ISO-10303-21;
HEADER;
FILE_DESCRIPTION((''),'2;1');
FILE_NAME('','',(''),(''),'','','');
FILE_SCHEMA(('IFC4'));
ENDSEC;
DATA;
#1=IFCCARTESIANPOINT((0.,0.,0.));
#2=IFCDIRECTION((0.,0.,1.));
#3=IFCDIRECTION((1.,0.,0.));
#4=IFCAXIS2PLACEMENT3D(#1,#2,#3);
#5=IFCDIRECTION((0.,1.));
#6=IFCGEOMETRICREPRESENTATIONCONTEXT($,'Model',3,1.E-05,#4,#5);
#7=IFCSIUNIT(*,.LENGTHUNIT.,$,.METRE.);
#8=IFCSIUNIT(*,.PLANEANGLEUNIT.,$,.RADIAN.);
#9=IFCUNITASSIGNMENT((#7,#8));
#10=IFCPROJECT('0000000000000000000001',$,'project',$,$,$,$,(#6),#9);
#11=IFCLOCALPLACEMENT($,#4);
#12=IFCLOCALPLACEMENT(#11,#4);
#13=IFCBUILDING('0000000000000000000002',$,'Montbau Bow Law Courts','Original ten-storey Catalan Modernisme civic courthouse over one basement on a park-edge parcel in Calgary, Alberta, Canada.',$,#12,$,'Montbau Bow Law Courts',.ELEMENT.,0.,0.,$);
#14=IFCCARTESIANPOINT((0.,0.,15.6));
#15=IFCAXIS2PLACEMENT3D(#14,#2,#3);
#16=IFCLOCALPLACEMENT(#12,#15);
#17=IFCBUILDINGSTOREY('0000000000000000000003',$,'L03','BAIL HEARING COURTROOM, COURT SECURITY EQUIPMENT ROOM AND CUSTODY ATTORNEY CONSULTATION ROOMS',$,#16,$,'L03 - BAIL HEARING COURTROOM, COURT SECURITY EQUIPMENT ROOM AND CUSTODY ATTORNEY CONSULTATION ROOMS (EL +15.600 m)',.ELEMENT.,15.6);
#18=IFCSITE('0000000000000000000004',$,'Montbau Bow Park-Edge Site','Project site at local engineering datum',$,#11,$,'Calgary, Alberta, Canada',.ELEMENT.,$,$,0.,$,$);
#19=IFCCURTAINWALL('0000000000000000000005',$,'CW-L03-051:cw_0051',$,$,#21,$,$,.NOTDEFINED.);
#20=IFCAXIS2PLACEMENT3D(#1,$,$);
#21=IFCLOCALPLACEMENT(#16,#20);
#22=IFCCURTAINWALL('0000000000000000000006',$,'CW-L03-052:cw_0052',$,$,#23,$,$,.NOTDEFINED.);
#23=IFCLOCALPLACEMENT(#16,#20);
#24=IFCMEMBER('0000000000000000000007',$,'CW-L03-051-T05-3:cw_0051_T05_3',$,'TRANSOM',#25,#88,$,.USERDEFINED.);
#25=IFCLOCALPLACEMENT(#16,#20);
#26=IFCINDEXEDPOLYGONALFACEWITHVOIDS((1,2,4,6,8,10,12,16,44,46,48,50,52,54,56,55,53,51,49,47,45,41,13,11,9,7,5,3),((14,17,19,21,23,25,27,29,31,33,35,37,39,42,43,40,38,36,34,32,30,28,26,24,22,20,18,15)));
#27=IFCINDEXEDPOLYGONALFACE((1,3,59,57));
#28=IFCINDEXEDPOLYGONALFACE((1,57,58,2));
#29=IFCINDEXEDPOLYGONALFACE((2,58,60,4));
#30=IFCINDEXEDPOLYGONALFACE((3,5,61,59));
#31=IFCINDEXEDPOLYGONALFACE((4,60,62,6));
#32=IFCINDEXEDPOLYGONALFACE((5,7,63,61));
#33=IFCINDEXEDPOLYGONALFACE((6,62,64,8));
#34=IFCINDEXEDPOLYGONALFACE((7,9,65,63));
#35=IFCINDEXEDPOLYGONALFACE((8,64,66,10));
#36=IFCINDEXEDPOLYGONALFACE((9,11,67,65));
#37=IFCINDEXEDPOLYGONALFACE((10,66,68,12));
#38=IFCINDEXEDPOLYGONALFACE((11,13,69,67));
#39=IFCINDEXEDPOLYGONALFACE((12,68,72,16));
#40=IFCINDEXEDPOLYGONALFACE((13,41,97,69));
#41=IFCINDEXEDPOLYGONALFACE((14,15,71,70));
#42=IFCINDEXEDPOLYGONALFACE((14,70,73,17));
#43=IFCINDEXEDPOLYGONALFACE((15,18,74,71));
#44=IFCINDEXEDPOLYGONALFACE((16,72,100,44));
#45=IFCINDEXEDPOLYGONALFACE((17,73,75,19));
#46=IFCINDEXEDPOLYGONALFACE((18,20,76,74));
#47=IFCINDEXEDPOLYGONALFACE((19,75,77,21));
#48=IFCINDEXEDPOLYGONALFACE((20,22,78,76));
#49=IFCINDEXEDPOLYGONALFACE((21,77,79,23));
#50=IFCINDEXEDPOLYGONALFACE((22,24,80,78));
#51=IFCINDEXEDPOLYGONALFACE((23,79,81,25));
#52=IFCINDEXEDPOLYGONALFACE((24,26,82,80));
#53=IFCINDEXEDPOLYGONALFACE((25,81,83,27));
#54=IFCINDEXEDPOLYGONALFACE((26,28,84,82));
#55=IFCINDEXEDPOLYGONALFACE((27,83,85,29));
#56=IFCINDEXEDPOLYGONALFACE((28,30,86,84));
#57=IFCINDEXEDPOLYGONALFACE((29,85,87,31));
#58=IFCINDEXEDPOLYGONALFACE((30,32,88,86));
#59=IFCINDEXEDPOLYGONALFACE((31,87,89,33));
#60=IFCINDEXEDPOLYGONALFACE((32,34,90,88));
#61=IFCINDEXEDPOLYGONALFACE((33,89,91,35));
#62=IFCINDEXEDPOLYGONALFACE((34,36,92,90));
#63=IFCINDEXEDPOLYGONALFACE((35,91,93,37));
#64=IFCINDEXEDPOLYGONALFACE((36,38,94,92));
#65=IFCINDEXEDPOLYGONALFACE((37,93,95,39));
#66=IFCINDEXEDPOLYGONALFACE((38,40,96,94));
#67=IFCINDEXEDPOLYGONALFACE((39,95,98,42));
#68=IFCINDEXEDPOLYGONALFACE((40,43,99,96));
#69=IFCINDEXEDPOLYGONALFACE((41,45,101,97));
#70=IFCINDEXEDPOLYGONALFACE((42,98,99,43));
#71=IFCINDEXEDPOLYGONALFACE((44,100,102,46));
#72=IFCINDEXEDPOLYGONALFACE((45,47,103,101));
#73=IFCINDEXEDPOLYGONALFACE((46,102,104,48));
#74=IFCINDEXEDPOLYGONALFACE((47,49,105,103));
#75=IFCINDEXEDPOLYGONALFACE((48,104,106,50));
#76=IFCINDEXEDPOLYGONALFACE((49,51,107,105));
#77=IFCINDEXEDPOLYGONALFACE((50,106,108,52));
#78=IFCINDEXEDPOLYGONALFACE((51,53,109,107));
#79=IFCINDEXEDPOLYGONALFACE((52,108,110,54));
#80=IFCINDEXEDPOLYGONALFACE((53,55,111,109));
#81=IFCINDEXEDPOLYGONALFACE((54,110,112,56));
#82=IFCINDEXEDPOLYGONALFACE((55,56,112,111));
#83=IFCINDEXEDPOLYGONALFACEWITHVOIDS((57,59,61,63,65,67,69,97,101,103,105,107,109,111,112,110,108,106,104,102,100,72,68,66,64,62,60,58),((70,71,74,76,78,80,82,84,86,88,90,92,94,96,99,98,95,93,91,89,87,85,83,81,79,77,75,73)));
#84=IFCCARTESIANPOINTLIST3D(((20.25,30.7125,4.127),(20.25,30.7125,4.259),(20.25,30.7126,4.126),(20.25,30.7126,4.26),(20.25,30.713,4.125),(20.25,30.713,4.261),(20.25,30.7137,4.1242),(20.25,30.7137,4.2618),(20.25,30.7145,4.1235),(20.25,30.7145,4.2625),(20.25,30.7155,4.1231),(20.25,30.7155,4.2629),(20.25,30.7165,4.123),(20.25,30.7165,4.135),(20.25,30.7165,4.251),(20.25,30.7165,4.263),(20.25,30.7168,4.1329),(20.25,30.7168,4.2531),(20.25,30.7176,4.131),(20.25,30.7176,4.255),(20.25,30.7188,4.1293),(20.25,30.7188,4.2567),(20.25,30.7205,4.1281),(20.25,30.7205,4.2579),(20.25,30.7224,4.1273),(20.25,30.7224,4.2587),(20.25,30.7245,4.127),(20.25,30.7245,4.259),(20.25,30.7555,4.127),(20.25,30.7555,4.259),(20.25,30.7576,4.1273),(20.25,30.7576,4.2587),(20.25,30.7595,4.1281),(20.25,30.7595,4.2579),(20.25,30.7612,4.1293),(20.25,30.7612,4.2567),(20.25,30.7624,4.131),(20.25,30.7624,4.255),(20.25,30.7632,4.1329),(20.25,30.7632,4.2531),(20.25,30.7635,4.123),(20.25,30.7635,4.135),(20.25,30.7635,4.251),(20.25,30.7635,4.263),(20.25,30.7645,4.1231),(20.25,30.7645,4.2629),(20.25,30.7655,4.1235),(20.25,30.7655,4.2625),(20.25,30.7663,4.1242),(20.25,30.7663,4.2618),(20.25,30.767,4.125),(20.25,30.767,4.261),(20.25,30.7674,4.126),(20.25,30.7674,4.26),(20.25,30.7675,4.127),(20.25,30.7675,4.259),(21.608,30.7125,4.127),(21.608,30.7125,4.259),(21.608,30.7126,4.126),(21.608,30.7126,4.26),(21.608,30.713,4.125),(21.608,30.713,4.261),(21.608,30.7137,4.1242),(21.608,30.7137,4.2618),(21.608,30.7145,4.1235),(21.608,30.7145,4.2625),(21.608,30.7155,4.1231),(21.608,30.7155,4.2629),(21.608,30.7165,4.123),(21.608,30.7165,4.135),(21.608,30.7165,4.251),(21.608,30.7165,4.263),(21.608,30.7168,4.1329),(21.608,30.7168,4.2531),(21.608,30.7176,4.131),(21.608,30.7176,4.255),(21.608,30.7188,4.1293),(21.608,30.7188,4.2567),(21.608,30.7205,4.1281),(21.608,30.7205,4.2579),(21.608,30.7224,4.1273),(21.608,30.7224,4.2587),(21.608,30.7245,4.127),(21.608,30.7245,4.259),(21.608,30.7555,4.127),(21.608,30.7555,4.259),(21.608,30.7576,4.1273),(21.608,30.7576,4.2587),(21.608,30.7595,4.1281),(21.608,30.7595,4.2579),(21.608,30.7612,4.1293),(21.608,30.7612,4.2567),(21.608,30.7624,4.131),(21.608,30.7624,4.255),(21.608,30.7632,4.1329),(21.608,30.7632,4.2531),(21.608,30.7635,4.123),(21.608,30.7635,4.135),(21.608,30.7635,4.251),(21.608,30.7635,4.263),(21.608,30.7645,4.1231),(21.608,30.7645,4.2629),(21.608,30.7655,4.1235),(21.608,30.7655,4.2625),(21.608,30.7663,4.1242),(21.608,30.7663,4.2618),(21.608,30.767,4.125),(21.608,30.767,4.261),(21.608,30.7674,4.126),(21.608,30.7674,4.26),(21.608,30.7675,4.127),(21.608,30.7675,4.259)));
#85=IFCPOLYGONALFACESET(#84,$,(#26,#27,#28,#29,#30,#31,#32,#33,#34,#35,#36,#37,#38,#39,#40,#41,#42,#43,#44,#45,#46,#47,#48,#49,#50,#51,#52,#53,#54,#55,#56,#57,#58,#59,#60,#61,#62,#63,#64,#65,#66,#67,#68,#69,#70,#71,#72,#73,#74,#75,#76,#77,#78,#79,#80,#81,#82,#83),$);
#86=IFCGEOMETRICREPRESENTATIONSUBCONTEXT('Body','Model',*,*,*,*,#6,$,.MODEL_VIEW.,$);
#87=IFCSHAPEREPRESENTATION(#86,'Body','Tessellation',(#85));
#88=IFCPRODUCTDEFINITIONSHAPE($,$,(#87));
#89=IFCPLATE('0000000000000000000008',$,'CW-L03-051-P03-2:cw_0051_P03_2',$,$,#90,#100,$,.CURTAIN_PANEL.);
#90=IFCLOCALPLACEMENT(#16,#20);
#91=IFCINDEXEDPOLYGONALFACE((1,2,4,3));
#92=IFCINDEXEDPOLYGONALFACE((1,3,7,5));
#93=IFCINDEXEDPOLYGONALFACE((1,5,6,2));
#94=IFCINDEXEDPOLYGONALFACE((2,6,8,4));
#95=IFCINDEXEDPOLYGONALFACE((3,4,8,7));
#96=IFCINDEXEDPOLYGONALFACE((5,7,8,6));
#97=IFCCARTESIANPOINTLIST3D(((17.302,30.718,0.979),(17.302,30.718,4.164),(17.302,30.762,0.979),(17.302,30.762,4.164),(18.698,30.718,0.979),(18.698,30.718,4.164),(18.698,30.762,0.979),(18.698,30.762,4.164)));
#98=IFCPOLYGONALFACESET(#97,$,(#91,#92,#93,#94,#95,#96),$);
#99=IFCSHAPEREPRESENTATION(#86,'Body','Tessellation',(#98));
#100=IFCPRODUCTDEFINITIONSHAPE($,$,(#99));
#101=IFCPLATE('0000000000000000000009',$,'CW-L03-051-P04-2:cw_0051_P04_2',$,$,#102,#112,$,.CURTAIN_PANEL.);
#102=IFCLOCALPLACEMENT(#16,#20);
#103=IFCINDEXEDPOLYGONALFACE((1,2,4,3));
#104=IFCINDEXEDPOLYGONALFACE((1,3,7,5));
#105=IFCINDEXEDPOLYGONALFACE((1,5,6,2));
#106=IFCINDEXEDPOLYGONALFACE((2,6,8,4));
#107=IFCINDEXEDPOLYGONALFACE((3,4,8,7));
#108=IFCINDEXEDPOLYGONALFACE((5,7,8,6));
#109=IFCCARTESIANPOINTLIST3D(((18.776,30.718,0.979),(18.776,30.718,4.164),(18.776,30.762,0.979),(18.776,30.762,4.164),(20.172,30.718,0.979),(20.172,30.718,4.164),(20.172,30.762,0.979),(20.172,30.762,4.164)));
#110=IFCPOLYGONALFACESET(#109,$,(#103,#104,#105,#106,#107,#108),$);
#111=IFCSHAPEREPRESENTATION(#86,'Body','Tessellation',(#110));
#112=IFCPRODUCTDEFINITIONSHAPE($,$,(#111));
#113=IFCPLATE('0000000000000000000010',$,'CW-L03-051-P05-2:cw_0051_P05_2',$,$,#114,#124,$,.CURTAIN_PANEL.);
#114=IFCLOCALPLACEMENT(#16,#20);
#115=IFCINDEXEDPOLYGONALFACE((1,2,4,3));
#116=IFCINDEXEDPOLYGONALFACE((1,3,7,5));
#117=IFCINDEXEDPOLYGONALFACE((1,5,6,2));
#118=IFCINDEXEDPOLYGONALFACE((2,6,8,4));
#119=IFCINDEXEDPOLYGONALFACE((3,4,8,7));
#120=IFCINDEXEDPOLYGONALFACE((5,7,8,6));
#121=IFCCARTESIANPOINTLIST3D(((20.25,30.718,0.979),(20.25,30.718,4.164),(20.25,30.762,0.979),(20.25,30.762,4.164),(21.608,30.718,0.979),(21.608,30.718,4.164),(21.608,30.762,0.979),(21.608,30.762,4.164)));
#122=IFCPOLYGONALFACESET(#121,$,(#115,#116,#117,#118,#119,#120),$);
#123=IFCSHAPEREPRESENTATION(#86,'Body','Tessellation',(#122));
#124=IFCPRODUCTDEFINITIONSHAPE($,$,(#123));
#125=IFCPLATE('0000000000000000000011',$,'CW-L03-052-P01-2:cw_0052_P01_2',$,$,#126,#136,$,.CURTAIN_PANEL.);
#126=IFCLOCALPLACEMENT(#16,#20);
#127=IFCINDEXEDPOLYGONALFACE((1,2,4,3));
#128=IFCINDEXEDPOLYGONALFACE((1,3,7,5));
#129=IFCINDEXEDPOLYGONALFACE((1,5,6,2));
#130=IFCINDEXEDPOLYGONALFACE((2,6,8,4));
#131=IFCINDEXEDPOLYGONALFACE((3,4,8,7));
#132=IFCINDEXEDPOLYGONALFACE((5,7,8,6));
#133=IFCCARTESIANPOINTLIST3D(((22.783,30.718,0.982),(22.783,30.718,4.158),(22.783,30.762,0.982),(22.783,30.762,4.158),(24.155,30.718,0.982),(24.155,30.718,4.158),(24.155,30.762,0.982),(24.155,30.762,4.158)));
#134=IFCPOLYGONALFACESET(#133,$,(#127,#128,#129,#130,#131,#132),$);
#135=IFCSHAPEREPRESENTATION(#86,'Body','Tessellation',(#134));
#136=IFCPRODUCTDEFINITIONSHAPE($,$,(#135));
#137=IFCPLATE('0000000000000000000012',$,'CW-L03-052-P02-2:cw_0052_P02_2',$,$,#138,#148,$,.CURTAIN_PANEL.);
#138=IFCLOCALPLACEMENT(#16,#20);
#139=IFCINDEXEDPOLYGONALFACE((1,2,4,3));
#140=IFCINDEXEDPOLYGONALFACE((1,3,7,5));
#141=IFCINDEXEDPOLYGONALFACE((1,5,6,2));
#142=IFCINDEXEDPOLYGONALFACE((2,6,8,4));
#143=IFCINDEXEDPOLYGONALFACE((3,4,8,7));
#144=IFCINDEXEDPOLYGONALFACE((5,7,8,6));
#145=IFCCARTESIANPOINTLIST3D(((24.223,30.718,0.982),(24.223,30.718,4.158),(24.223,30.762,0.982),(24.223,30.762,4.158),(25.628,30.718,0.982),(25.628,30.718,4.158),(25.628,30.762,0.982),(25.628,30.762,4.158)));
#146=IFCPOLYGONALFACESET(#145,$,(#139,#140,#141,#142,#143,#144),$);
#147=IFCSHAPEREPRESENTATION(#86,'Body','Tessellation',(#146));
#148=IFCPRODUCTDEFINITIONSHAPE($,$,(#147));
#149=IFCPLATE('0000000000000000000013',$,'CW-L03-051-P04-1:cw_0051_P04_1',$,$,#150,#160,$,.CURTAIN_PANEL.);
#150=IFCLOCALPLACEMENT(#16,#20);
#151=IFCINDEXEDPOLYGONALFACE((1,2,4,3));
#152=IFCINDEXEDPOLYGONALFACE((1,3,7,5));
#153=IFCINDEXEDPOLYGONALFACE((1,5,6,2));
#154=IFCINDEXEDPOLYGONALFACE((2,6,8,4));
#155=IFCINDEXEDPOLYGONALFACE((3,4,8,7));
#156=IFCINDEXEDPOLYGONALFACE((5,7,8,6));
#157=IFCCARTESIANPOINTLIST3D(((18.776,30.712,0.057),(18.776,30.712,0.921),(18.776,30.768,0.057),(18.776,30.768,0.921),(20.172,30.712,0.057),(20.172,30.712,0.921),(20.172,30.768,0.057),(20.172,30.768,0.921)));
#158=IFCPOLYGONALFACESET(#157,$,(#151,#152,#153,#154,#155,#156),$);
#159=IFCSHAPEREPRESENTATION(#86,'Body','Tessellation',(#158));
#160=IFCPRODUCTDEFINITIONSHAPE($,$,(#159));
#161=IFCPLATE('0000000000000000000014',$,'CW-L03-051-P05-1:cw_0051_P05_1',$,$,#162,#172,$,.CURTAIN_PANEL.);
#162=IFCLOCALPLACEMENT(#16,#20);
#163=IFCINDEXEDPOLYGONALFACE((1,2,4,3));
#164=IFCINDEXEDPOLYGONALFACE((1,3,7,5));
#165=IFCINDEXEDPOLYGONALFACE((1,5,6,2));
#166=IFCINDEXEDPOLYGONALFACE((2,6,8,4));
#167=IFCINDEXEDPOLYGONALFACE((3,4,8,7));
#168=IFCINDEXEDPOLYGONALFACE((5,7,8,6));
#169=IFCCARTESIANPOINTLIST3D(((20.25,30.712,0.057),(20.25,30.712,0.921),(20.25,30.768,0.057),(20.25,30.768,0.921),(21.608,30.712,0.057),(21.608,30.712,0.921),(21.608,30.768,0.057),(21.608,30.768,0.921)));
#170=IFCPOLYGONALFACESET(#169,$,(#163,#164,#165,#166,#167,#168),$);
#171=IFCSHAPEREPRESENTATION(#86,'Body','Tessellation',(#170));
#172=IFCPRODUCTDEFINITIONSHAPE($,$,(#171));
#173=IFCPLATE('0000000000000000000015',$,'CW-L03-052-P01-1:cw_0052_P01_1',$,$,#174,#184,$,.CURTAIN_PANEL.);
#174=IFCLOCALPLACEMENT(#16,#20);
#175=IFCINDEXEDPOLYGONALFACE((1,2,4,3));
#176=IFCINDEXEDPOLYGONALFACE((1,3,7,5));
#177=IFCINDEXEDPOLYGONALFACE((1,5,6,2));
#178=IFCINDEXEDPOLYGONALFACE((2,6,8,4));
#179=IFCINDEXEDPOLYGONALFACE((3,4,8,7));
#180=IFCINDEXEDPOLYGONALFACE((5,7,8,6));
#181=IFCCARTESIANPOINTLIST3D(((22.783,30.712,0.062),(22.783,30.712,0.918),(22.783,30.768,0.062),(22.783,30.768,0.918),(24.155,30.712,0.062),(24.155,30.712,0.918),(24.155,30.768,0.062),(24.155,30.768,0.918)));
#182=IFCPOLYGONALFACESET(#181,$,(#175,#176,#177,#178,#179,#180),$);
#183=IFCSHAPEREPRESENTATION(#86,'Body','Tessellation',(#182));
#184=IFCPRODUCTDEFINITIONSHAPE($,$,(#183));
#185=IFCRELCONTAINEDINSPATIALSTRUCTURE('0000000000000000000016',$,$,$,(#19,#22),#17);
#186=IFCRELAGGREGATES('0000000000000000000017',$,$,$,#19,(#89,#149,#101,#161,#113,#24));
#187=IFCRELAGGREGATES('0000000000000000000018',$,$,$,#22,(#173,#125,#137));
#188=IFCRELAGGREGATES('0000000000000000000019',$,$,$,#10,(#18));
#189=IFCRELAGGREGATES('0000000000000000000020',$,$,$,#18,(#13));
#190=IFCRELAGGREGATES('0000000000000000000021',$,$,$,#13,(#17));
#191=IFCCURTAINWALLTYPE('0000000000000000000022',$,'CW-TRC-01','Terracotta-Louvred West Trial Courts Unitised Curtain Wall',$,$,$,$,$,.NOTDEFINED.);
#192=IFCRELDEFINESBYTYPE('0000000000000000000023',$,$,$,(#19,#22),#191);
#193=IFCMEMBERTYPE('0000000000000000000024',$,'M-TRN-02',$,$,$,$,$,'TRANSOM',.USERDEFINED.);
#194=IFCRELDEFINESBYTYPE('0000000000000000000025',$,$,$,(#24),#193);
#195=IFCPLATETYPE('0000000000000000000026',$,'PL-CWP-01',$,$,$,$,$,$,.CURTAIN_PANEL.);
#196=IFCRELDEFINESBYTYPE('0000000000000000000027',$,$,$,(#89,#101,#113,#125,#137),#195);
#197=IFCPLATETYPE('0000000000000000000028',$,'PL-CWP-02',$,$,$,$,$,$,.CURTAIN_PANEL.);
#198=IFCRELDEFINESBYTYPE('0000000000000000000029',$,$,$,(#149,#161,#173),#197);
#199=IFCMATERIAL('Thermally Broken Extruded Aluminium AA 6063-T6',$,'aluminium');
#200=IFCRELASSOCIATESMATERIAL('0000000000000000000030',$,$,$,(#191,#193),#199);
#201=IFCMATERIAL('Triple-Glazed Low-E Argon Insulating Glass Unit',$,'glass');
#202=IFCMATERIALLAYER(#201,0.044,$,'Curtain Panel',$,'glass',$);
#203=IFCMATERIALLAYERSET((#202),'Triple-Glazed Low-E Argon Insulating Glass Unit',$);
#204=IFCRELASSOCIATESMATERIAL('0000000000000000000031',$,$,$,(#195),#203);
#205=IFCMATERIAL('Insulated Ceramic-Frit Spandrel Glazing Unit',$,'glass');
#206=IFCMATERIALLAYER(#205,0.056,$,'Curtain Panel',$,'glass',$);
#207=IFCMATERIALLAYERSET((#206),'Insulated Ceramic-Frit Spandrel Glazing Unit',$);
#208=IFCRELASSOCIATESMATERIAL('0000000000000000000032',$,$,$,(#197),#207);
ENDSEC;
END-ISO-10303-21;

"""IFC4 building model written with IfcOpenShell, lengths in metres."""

from ifc_helpers import new_model, si_unit, direction, frame, frame_2d, origin_with_axes, origin_2d_with_axis, place, context, subcontext, project, spatial, rectangle, hollow_rectangle, extrude, material, layer, layer_set, material_profile, profile_set, type_object, element, aggregate, save


model = new_model("IFC4")

# Units and contexts
model_context = context("Model", 3, precision=1e-05, world=origin_with_axes(), true_north=direction((0.0, 1.0)))
body_context = subcontext(model_context, "Body", "Model", "MODEL_VIEW")
ifc_project = project(units=[si_unit("LENGTHUNIT", "METRE"), si_unit("PLANEANGLEUNIT", "RADIAN")], contexts=[model_context])

# Site, building, storey
site_placement = place(None, origin_with_axes())
site = spatial("IfcSite", under=ifc_project, at=site_placement, Name="Montbau Bow Park-Edge Site", Description="Project site at local engineering datum", LongName="Calgary, Alberta, Canada", CompositionType="ELEMENT", RefElevation=0.0)
building_placement = place(site_placement, origin_with_axes())
building = spatial("IfcBuilding", under=site, at=building_placement, Name="Montbau Bow Law Courts", Description="Original ten-storey Catalan Modernisme civic courthouse over one basement on a park-edge parcel in Calgary, Alberta, Canada.", LongName="Montbau Bow Law Courts", CompositionType="ELEMENT", ElevationOfRefHeight=0.0, ElevationOfTerrain=0.0)
storey_placement = place(building_placement, frame((0.0, 0.0, 15.6), z_axis=(0.0, 0.0, 1.0), x_axis=(1.0, 0.0, 0.0)))
storey = spatial("IfcBuildingStorey", under=building, at=storey_placement, Name="L03", Description="BAIL HEARING COURTROOM, COURT SECURITY EQUIPMENT ROOM AND CUSTODY ATTORNEY CONSULTATION ROOMS", LongName="L03 - BAIL HEARING COURTROOM, COURT SECURITY EQUIPMENT ROOM AND CUSTODY ATTORNEY CONSULTATION ROOMS (EL +15.600 m)", CompositionType="ELEMENT", Elevation=15.6)

# Curtain walls
ifc_material_1 = material(Name="Thermally Broken Extruded Aluminium AA 6063-T6", Category="aluminium")
curtain_wall_type = type_object("IfcCurtainWallType", Name="CW-TRC-01", Description="Terracotta-Louvred West Trial Courts Unitised Curtain Wall", PredefinedType="NOTDEFINED", material=ifc_material_1)
curtain_wall_1_placement = place(None, frame((14.315, 30.74, 15.6), z_axis=(0.0, 0.0, 1.0), x_axis=(1.0, 0.0, 0.0)))
curtain_wall_1 = element("IfcCurtainWall", 1, at=curtain_wall_1_placement, inside=storey, type_object=curtain_wall_type, Name="CW-L03-051:cw_0051", PredefinedType="NOTDEFINED")
curtain_wall_2_placement = place(None, frame((22.715, 30.74, 15.6), z_axis=(0.0, 0.0, 1.0), x_axis=(1.0, 0.0, 0.0)))
curtain_wall_2 = element("IfcCurtainWall", 2, at=curtain_wall_2_placement, inside=storey, type_object=curtain_wall_type, Name="CW-L03-052:cw_0052", PredefinedType="NOTDEFINED")

# Member
ifc_material_profile_1 = material_profile(ifc_material_1, hollow_rectangle(XDim=0.055, YDim=0.14, WallThickness=0.004, InnerFilletRadius=0.008, OuterFilletRadius=0.004, at=origin_2d_with_axis()), Name="CWT-140X55", Category="Main", Priority=0)
ifc_profile_set_1 = profile_set([ifc_material_profile_1], Name="Thermally Broken Extruded Aluminium AA 6063-T6")
member_type_1 = type_object("IfcMemberType", Name="M-TRN-02", ElementType="TRANSOM", PredefinedType="USERDEFINED", material=ifc_profile_set_1)
member_1_placement = place(None, frame((20.25, 30.74, 19.793), z_axis=(1.0, 0.0, 0.0), x_axis=(0.0, 1.0, 0.0)))
member_1 = element("IfcMember", 3, at=member_1_placement, type_object=member_type_1, Name="CW-L03-051-T05-3:cw_0051_T05_3", ObjectType="TRANSOM", PredefinedType="USERDEFINED", context=body_context, shape_type="SweptSolid", body=[
    extrude(hollow_rectangle(XDim=0.055, YDim=0.14, WallThickness=0.004, InnerFilletRadius=0.008, OuterFilletRadius=0.004, at=origin_2d_with_axis()), origin_with_axes(), (0.0, 0.0, 1.0), 1.358),
])

# Plates
ifc_material_2 = material(Name="Triple-Glazed Low-E Argon Insulating Glass Unit", Category="glass")
ifc_layer_1 = layer(ifc_material_2, 0.044, Name="Curtain Panel", Category="glass")
ifc_layer_set_1 = layer_set([ifc_layer_1], Name="Triple-Glazed Low-E Argon Insulating Glass Unit")
plate_type_1 = type_object("IfcPlateType", Name="PL-CWP-01", PredefinedType="CURTAIN_PANEL", material=ifc_layer_set_1)
plate_1_placement = place(None, frame((17.302, 30.74, 16.579), z_axis=(0.0, -1.0, 0.0), x_axis=(1.0, 0.0, 0.0)))
plate_1 = element("IfcPlate", 4, at=plate_1_placement, type_object=plate_type_1, Name="CW-L03-051-P03-2:cw_0051_P03_2", PredefinedType="CURTAIN_PANEL", context=body_context, shape_type="SweptSolid", body=[
    extrude(rectangle(XDim=1.396, YDim=3.185, at=frame_2d((0.698, 1.5925), x_axis=(1.0, 0.0))), frame((0.0, 0.0, -0.022), z_axis=(0.0, 0.0, 1.0), x_axis=(1.0, 0.0, 0.0)), (0.0, 0.0, 1.0), 0.044),
])
plate_2_placement = place(None, frame((18.776, 30.74, 16.579), z_axis=(0.0, -1.0, 0.0), x_axis=(1.0, 0.0, 0.0)))
plate_2 = element("IfcPlate", 5, at=plate_2_placement, type_object=plate_type_1, Name="CW-L03-051-P04-2:cw_0051_P04_2", PredefinedType="CURTAIN_PANEL", context=body_context, shape_type="SweptSolid", body=[
    extrude(rectangle(XDim=1.396, YDim=3.185, at=frame_2d((0.698, 1.5925), x_axis=(1.0, 0.0))), frame((0.0, 0.0, -0.022), z_axis=(0.0, 0.0, 1.0), x_axis=(1.0, 0.0, 0.0)), (0.0, 0.0, 1.0), 0.044),
])
plate_3_placement = place(None, frame((20.25, 30.74, 16.579), z_axis=(0.0, -1.0, 0.0), x_axis=(1.0, 0.0, 0.0)))
plate_3 = element("IfcPlate", 6, at=plate_3_placement, type_object=plate_type_1, Name="CW-L03-051-P05-2:cw_0051_P05_2", PredefinedType="CURTAIN_PANEL", context=body_context, shape_type="SweptSolid", body=[
    extrude(rectangle(XDim=1.358, YDim=3.185, at=frame_2d((0.679, 1.5925), x_axis=(1.0, 0.0))), frame((0.0, 0.0, -0.022), z_axis=(0.0, 0.0, 1.0), x_axis=(1.0, 0.0, 0.0)), (0.0, 0.0, 1.0), 0.044),
])
plate_4_placement = place(None, frame((22.783, 30.74, 16.582), z_axis=(0.0, -1.0, 0.0), x_axis=(1.0, 0.0, 0.0)))
plate_4 = element("IfcPlate", 7, at=plate_4_placement, type_object=plate_type_1, Name="CW-L03-052-P01-2:cw_0052_P01_2", PredefinedType="CURTAIN_PANEL", context=body_context, shape_type="SweptSolid", body=[
    extrude(rectangle(XDim=1.372, YDim=3.176, at=frame_2d((0.686, 1.588), x_axis=(1.0, 0.0))), frame((0.0, 0.0, -0.022), z_axis=(0.0, 0.0, 1.0), x_axis=(1.0, 0.0, 0.0)), (0.0, 0.0, 1.0), 0.044),
])
plate_5_placement = place(None, frame((24.223, 30.74, 16.582), z_axis=(0.0, -1.0, 0.0), x_axis=(1.0, 0.0, 0.0)))
plate_5 = element("IfcPlate", 8, at=plate_5_placement, type_object=plate_type_1, Name="CW-L03-052-P02-2:cw_0052_P02_2", PredefinedType="CURTAIN_PANEL", context=body_context, shape_type="SweptSolid", body=[
    extrude(rectangle(XDim=1.405, YDim=3.176, at=frame_2d((0.7025, 1.588), x_axis=(1.0, 0.0))), frame((0.0, 0.0, -0.022), z_axis=(0.0, 0.0, 1.0), x_axis=(1.0, 0.0, 0.0)), (0.0, 0.0, 1.0), 0.044),
])
ifc_material_3 = material(Name="Insulated Ceramic-Frit Spandrel Glazing Unit", Category="glass")
ifc_layer_2 = layer(ifc_material_3, 0.056, Name="Curtain Panel", Category="glass")
ifc_layer_set_2 = layer_set([ifc_layer_2], Name="Insulated Ceramic-Frit Spandrel Glazing Unit")
plate_type_2 = type_object("IfcPlateType", Name="PL-CWP-02", PredefinedType="CURTAIN_PANEL", material=ifc_layer_set_2)
plate_6_placement = place(None, frame((18.776, 30.74, 15.657), z_axis=(0.0, -1.0, 0.0), x_axis=(1.0, 0.0, 0.0)))
plate_6 = element("IfcPlate", 9, at=plate_6_placement, type_object=plate_type_2, Name="CW-L03-051-P04-1:cw_0051_P04_1", PredefinedType="CURTAIN_PANEL", context=body_context, shape_type="SweptSolid", body=[
    extrude(rectangle(XDim=1.396, YDim=0.864, at=frame_2d((0.698, 0.432), x_axis=(1.0, 0.0))), frame((0.0, 0.0, -0.028), z_axis=(0.0, 0.0, 1.0), x_axis=(1.0, 0.0, 0.0)), (0.0, 0.0, 1.0), 0.056),
])
plate_7_placement = place(None, frame((20.25, 30.74, 15.657), z_axis=(0.0, -1.0, 0.0), x_axis=(1.0, 0.0, 0.0)))
plate_7 = element("IfcPlate", 10, at=plate_7_placement, type_object=plate_type_2, Name="CW-L03-051-P05-1:cw_0051_P05_1", PredefinedType="CURTAIN_PANEL", context=body_context, shape_type="SweptSolid", body=[
    extrude(rectangle(XDim=1.358, YDim=0.864, at=frame_2d((0.679, 0.432), x_axis=(1.0, 0.0))), frame((0.0, 0.0, -0.028), z_axis=(0.0, 0.0, 1.0), x_axis=(1.0, 0.0, 0.0)), (0.0, 0.0, 1.0), 0.056),
])
aggregate(curtain_wall_1, [plate_1, plate_6, plate_2, plate_7, plate_3, member_1])
plate_8_placement = place(None, frame((22.783, 30.74, 15.662), z_axis=(0.0, -1.0, 0.0), x_axis=(1.0, 0.0, 0.0)))
plate_8 = element("IfcPlate", 11, at=plate_8_placement, type_object=plate_type_2, Name="CW-L03-052-P01-1:cw_0052_P01_1", PredefinedType="CURTAIN_PANEL", context=body_context, shape_type="SweptSolid", body=[
    extrude(rectangle(XDim=1.372, YDim=0.856, at=frame_2d((0.686, 0.428), x_axis=(1.0, 0.0))), frame((0.0, 0.0, -0.028), z_axis=(0.0, 0.0, 1.0), x_axis=(1.0, 0.0, 0.0)), (0.0, 0.0, 1.0), 0.056),
])
aggregate(curtain_wall_2, [plate_8, plate_4, plate_5])

save(model, "model.ifc")
